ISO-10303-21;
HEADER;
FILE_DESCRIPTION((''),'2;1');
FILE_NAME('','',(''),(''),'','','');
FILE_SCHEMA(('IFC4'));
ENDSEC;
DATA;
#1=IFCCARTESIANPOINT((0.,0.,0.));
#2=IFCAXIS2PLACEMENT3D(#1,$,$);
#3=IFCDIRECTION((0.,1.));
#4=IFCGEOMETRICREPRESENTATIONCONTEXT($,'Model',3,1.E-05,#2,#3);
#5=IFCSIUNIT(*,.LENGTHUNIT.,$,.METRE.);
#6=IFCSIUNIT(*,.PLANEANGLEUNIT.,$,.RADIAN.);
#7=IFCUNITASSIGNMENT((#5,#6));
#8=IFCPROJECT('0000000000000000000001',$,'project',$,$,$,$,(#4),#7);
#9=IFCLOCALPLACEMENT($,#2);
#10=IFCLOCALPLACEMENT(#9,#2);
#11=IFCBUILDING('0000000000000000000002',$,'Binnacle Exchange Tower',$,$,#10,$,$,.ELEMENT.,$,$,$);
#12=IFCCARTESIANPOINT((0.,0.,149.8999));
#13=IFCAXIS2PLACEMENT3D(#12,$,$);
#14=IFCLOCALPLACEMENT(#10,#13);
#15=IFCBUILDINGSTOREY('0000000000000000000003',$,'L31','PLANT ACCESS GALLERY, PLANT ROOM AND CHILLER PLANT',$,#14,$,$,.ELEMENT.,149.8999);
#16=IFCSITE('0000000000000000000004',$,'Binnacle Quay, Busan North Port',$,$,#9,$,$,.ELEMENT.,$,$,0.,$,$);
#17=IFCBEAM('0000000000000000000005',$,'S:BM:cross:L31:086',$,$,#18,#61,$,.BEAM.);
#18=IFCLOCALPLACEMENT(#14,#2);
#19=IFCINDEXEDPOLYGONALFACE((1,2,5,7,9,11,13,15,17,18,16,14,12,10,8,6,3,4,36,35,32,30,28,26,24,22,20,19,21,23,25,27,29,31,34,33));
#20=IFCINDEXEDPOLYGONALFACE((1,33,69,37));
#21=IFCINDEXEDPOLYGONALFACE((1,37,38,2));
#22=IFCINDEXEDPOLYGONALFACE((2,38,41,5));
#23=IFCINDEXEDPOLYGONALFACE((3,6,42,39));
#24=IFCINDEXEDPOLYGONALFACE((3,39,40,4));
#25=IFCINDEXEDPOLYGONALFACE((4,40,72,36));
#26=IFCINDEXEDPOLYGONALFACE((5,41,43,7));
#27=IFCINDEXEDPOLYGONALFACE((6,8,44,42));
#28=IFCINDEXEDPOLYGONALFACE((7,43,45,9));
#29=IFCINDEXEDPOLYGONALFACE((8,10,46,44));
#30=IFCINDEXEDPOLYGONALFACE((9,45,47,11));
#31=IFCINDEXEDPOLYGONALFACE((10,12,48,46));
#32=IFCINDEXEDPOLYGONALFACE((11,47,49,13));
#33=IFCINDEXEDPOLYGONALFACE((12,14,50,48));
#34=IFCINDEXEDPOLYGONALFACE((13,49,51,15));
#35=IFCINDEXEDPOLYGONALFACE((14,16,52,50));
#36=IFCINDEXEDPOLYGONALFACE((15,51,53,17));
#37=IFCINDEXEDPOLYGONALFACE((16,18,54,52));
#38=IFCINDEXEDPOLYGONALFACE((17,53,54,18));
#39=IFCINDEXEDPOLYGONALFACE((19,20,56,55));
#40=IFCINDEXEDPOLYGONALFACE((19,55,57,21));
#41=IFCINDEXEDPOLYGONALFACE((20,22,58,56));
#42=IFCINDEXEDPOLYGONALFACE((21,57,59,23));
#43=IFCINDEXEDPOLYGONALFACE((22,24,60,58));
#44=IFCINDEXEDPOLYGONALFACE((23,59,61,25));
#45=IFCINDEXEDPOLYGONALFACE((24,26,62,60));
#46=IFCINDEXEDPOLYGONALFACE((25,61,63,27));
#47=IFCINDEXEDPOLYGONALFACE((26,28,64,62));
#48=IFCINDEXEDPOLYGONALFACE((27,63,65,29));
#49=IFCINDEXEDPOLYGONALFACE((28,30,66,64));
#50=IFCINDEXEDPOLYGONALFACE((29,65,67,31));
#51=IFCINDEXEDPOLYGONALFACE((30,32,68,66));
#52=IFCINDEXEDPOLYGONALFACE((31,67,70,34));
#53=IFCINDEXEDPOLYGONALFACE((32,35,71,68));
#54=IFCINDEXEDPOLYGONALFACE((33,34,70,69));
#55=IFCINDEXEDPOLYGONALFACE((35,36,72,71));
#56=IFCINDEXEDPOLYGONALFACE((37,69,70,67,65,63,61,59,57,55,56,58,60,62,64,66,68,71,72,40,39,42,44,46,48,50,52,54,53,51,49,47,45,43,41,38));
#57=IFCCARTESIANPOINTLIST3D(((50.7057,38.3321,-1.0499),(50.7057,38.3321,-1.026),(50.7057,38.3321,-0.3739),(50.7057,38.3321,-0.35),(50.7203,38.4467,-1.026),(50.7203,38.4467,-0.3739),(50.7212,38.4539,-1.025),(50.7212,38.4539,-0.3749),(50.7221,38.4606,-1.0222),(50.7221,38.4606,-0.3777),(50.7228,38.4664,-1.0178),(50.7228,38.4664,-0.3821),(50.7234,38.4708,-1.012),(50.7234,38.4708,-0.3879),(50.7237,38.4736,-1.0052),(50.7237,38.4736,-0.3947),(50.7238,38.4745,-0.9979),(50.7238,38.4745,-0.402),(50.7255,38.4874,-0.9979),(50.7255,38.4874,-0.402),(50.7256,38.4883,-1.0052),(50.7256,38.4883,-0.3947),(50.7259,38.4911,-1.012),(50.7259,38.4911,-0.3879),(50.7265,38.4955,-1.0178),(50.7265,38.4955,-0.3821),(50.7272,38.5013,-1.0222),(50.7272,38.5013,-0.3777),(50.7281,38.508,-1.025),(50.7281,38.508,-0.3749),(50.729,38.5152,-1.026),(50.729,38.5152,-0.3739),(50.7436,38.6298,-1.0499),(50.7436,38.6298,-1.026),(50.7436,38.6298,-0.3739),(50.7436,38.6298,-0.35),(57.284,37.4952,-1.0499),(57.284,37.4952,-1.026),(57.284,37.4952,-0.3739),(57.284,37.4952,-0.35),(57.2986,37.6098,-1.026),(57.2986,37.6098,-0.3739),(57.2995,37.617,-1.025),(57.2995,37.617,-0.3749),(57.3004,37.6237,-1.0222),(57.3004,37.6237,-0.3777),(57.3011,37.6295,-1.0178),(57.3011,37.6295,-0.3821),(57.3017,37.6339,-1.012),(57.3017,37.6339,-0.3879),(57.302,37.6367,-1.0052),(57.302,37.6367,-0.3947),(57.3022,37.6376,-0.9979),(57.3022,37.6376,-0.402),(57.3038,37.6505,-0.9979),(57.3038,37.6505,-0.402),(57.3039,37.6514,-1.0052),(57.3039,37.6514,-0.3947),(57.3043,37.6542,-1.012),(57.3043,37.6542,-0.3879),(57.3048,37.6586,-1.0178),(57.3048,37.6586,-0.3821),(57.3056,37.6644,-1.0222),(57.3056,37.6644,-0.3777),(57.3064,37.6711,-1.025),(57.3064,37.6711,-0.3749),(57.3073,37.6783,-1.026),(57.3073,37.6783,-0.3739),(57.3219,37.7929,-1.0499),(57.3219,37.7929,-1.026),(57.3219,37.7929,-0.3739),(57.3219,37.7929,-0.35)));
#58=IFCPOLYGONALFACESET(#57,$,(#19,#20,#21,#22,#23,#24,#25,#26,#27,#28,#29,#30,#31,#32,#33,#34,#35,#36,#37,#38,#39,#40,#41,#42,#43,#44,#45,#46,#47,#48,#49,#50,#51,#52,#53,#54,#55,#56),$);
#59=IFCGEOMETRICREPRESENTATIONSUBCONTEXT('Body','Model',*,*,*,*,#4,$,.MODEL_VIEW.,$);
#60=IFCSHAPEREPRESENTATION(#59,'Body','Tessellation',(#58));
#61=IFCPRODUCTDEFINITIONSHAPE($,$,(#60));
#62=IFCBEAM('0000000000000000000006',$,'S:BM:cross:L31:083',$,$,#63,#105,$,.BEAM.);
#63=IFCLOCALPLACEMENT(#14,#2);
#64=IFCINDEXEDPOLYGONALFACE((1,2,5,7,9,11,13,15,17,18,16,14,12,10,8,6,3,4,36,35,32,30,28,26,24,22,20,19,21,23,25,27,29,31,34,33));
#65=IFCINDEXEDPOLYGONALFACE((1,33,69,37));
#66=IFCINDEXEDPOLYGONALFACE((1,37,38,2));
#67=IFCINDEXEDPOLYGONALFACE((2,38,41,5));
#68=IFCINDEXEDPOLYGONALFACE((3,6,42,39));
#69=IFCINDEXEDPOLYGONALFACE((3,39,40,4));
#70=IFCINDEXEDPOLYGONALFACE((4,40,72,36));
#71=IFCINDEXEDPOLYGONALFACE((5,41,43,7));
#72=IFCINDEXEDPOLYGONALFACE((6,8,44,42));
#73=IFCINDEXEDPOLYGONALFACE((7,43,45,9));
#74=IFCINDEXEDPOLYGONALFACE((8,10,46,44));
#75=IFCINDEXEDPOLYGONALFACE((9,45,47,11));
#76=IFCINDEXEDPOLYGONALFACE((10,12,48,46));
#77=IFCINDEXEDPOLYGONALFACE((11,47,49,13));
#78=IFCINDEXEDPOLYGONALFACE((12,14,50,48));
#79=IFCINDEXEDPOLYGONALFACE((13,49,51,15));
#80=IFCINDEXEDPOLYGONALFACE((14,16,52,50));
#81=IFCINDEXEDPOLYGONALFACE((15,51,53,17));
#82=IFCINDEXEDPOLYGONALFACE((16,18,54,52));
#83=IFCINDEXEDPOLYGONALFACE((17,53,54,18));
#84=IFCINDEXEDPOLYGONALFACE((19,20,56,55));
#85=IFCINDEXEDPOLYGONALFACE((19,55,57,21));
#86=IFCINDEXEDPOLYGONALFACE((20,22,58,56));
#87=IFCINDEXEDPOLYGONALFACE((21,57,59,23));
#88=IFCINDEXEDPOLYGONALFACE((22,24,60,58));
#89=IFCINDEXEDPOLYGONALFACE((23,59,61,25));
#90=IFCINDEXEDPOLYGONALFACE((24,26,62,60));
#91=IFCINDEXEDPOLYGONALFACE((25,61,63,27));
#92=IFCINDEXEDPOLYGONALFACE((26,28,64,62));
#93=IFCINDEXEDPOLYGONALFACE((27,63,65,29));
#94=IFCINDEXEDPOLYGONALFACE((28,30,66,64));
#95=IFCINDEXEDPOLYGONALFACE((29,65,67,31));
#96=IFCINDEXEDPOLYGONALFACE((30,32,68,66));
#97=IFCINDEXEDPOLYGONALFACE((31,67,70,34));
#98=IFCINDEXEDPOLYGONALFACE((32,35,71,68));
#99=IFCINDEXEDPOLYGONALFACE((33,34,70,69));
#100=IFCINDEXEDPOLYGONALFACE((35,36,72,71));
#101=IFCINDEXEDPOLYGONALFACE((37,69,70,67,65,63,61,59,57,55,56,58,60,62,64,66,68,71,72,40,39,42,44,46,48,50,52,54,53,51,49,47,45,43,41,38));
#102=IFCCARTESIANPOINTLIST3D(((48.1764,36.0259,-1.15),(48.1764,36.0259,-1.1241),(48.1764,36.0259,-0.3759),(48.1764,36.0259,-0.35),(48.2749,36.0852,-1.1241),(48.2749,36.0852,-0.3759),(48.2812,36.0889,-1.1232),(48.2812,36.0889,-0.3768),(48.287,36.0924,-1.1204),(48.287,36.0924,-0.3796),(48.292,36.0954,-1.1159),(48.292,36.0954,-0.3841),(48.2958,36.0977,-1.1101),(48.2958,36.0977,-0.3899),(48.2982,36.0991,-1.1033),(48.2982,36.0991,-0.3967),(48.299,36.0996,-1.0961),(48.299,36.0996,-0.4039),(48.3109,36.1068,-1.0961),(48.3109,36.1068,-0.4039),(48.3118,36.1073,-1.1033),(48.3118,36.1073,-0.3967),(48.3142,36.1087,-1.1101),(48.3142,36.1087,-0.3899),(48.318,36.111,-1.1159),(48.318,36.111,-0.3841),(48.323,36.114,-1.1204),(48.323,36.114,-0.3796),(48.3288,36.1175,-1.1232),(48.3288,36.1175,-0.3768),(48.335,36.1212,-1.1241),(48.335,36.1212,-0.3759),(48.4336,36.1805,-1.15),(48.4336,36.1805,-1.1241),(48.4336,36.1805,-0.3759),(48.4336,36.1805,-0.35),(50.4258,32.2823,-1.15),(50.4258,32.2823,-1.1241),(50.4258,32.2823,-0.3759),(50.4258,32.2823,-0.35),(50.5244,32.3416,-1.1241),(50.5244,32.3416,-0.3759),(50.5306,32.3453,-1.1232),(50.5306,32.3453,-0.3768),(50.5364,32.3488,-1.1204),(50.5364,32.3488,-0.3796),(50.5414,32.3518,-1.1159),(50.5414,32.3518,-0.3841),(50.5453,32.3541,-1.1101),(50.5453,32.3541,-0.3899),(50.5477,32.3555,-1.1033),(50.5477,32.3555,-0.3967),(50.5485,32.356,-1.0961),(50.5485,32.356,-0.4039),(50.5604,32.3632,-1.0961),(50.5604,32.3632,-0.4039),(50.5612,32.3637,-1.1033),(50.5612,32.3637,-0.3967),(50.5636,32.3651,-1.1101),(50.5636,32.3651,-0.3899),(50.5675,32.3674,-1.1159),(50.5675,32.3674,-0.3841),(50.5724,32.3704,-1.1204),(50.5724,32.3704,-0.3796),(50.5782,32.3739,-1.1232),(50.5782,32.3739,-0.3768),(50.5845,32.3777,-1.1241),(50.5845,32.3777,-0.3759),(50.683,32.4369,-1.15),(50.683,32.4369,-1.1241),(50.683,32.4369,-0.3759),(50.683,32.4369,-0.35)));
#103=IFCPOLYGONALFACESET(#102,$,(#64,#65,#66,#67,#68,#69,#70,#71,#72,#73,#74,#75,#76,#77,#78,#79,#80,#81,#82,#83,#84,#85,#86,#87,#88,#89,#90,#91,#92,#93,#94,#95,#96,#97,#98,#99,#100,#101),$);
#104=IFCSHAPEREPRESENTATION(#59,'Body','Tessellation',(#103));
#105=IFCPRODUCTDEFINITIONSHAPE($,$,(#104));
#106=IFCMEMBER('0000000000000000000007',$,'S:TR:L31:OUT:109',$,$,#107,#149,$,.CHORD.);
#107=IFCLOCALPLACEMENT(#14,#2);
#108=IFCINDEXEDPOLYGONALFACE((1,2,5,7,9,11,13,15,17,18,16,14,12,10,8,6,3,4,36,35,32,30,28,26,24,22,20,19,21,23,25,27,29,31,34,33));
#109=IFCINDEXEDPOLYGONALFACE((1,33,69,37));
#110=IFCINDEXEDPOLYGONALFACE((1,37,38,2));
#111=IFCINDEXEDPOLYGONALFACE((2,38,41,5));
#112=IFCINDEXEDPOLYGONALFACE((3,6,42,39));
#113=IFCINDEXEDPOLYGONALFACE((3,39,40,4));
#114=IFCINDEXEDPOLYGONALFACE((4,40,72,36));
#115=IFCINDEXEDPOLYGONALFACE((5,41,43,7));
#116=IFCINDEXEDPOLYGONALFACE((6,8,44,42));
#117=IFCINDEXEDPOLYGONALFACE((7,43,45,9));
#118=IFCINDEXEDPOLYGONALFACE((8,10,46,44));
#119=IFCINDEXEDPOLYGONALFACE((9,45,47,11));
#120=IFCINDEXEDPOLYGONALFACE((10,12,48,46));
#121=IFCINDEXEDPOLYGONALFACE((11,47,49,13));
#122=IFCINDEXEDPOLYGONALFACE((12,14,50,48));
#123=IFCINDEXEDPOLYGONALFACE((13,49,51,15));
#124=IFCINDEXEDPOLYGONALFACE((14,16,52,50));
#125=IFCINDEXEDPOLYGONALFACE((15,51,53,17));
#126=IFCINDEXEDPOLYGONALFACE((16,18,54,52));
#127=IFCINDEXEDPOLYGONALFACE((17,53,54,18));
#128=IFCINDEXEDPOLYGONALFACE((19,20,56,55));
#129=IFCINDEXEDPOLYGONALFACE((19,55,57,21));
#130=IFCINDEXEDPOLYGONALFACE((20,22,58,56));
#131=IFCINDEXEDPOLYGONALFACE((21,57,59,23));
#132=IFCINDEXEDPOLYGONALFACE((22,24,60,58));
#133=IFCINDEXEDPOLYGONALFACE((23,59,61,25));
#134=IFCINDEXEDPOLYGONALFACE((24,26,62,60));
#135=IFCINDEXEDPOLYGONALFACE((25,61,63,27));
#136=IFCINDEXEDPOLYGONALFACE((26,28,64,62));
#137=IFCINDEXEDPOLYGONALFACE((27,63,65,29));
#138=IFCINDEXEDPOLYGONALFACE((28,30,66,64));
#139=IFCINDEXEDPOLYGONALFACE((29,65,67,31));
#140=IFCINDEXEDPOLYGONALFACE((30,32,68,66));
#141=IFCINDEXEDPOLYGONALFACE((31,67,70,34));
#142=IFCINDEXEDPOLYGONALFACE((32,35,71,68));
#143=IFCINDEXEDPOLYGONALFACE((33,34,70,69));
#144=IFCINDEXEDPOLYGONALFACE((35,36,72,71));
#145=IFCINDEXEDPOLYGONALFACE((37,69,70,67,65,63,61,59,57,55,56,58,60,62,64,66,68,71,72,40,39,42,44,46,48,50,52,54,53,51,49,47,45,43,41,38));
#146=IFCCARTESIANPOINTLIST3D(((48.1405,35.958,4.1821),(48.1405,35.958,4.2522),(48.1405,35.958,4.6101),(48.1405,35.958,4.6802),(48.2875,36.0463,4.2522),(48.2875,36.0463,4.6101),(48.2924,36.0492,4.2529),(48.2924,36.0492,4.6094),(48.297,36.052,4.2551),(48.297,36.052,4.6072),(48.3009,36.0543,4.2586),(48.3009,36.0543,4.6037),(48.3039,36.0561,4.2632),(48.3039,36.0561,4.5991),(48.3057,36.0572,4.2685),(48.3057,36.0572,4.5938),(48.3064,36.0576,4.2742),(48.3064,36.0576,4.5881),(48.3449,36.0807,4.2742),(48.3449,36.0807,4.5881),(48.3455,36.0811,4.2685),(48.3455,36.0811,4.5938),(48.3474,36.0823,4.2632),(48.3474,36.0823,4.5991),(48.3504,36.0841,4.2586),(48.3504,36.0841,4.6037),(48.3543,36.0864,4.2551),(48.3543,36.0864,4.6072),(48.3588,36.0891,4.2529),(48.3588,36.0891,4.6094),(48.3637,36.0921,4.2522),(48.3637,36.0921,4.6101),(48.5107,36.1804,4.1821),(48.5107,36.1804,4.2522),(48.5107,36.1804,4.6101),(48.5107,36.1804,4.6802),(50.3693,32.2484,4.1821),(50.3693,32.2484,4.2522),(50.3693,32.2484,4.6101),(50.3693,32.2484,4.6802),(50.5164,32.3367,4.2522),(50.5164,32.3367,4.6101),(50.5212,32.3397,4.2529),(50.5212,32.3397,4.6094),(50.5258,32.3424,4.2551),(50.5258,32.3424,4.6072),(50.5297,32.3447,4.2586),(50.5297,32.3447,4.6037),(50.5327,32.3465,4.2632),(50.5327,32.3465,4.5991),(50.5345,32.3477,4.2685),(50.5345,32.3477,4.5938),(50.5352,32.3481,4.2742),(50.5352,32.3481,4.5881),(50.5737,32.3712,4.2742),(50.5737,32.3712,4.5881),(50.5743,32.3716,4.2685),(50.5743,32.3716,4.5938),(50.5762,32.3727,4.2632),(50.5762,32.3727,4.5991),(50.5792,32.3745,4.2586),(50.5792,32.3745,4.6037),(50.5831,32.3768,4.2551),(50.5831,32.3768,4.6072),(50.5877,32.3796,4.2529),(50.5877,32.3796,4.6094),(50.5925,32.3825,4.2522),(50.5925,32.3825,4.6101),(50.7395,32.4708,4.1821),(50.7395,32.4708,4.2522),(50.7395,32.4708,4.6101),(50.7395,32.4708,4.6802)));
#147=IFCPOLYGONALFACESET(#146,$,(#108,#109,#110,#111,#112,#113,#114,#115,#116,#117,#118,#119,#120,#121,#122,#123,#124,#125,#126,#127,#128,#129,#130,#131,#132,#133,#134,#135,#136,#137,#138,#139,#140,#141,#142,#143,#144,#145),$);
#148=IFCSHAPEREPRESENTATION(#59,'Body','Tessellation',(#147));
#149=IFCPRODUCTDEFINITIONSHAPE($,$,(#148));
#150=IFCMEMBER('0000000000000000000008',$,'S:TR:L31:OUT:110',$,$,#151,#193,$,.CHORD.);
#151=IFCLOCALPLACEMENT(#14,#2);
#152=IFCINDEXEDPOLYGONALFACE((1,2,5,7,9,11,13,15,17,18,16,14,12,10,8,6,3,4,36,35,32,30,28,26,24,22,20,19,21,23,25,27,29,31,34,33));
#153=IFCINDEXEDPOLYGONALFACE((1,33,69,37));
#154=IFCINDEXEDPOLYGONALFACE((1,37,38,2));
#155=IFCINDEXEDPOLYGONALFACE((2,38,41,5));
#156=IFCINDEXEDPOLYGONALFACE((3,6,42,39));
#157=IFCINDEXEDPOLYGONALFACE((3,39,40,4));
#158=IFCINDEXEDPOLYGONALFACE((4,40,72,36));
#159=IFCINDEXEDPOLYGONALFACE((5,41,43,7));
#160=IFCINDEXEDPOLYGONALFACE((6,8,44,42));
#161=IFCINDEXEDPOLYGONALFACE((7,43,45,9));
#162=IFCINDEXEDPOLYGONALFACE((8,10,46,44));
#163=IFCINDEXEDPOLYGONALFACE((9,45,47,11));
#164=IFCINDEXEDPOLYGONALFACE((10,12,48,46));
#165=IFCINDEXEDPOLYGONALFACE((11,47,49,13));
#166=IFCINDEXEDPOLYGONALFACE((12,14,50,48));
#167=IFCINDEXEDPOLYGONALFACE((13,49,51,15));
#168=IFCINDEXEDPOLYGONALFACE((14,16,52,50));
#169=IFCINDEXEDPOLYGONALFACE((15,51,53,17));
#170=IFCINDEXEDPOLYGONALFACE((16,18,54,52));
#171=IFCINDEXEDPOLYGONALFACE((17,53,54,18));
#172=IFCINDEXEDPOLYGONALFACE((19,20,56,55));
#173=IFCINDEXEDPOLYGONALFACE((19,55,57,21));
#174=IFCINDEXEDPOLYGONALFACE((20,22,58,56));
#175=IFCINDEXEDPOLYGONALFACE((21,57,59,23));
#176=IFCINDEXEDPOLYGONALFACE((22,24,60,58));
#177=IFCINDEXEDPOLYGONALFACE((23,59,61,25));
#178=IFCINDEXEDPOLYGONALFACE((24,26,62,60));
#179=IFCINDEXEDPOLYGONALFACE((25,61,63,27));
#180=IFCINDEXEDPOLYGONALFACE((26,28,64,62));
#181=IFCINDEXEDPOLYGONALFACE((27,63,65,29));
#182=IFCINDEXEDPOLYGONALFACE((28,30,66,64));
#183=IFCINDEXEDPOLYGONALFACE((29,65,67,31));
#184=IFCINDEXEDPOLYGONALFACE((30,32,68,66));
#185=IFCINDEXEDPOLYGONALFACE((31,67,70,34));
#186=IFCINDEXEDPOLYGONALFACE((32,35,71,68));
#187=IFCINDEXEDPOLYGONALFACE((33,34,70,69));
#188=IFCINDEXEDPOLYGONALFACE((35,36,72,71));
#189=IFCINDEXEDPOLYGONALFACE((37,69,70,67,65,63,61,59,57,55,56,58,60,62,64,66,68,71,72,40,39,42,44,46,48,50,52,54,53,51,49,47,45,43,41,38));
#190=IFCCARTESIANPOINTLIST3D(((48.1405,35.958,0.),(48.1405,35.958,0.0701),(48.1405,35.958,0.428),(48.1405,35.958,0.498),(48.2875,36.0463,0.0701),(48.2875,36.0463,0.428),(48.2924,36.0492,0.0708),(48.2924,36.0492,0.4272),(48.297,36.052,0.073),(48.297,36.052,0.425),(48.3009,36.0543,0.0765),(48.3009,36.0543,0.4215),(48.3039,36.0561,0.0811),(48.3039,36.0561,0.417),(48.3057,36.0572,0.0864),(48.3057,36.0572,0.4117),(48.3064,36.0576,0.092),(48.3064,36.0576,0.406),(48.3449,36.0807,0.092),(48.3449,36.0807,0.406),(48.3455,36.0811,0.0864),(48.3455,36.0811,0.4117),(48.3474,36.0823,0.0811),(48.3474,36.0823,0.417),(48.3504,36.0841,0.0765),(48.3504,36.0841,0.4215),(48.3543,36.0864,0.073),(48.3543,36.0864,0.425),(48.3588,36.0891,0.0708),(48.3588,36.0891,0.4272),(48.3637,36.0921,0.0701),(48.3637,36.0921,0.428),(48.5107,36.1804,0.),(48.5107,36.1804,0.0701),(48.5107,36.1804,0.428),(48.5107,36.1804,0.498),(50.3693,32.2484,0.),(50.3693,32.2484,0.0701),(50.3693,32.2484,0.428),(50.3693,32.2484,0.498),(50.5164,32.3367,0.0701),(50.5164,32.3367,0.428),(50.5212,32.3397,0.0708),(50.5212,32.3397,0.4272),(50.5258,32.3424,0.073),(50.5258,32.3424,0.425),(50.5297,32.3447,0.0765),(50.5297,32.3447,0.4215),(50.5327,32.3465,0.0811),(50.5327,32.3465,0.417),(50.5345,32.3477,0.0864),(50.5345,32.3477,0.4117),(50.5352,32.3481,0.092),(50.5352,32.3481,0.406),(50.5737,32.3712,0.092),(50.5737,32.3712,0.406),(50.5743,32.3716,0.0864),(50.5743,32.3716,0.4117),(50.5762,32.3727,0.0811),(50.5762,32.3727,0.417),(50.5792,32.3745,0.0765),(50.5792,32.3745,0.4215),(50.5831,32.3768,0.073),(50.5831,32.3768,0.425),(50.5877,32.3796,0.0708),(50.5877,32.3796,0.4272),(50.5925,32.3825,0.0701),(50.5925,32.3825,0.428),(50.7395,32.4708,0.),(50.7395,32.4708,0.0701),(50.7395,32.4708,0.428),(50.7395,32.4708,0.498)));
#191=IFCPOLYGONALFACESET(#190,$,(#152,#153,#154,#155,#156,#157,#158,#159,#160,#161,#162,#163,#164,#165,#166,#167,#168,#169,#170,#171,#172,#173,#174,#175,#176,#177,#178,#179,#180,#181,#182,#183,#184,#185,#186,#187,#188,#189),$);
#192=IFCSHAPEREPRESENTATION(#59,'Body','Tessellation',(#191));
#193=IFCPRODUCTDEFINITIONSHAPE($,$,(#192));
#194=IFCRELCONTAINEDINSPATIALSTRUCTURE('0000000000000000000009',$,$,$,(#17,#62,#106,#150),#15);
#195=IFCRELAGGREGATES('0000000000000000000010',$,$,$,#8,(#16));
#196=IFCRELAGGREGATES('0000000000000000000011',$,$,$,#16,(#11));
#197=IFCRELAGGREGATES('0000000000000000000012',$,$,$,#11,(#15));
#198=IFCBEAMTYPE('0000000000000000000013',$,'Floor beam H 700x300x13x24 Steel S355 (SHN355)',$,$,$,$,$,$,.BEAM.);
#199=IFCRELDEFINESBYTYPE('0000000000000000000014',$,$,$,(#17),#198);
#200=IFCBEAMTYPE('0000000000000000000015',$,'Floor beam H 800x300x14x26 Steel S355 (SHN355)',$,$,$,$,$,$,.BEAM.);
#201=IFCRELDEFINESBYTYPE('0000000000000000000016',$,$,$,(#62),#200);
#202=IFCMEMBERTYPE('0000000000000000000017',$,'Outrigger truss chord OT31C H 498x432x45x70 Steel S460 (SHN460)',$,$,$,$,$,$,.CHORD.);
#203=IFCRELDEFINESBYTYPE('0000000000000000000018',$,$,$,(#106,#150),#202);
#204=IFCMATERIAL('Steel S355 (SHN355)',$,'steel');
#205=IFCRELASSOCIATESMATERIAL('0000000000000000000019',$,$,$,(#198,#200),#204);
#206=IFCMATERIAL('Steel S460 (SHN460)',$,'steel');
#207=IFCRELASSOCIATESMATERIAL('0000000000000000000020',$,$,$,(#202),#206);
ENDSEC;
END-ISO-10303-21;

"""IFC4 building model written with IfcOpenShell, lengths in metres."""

from ifc_helpers import new_model, si_unit, direction, frame, origin, origin_2d, place, context, subcontext, project, spatial, i_section, extrude, material, material_profile, profile_set, type_object, element, save


model = new_model("IFC4")

# Units and contexts
model_context = context("Model", 3, precision=1e-05, world=origin(), true_north=direction((0.0, 1.0)))
body_context = subcontext(model_context, "Body", "Model", "MODEL_VIEW")
ifc_project = project(units=[si_unit("LENGTHUNIT", "METRE"), si_unit("PLANEANGLEUNIT", "RADIAN")], contexts=[model_context])

# Site, building, storey
site_placement = place(None, origin())
site = spatial("IfcSite", under=ifc_project, at=site_placement, Name="Binnacle Quay, Busan North Port", CompositionType="ELEMENT", RefElevation=0.0)
building_placement = place(site_placement, origin())
building = spatial("IfcBuilding", under=site, at=building_placement, Name="Binnacle Exchange Tower", CompositionType="ELEMENT")
storey_placement = place(building_placement, frame((0.0, 0.0, 149.8999)))
storey = spatial("IfcBuildingStorey", under=building, at=storey_placement, Name="L31", Description="PLANT ACCESS GALLERY, PLANT ROOM AND CHILLER PLANT", CompositionType="ELEMENT", Elevation=149.8999)

# Shared definitions
ifc_material_1 = material(Name="Steel S460 (SHN460)", Category="steel")
ifc_material_2 = material(Name="Steel S355 (SHN355)", Category="steel")

# Beams
ifc_material_profile_1 = material_profile(ifc_material_2, i_section(OverallWidth=0.3, OverallDepth=0.7, WebThickness=0.0129, FlangeThickness=0.0239, FilletRadius=0.0281, at=origin_2d()), Name="H 700x300x13x24")
ifc_profile_set_1 = profile_set([ifc_material_profile_1], Name="Steel S355 (SHN355)")
beam_type_1 = type_object("IfcBeamType", Name="Floor beam H 700x300x13x24 Steel S355 (SHN355)", PredefinedType="BEAM", material=ifc_profile_set_1)
beam_1_placement = place(storey_placement, frame((57.303, 37.644, -0.7), z_axis=(-0.992004, 0.126205, 0.0), x_axis=(-0.126205, -0.992004, 0.0)))
element("IfcBeam", 1, at=beam_1_placement, inside=storey, type_object=beam_type_1, Name="S:BM:cross:L31:086", PredefinedType="BEAM", context=body_context, shape_type="SweptSolid", body=[
    extrude(i_section(OverallWidth=0.3, OverallDepth=0.7, WebThickness=0.0129, FlangeThickness=0.0239, FilletRadius=0.0281, at=origin_2d()), origin(), (0.0, 0.0, 1.0), 6.6313),
])
ifc_material_profile_2 = material_profile(ifc_material_2, i_section(OverallWidth=0.3, OverallDepth=0.8, WebThickness=0.0139, FlangeThickness=0.0259, FilletRadius=0.0281, at=origin_2d()), Name="H 800x300x14x26")
ifc_profile_set_2 = profile_set([ifc_material_profile_2], Name="Steel S355 (SHN355)")
beam_type_2 = type_object("IfcBeamType", Name="Floor beam H 800x300x14x26 Steel S355 (SHN355)", PredefinedType="BEAM", material=ifc_profile_set_2)
beam_2_placement = place(storey_placement, frame((50.5544, 32.3596, -0.75), z_axis=(-0.515055, 0.857157, 0.0), x_axis=(-0.857157, -0.515055, 0.0)))
element("IfcBeam", 2, at=beam_2_placement, inside=storey, type_object=beam_type_2, Name="S:BM:cross:L31:083", PredefinedType="BEAM", context=body_context, shape_type="SweptSolid", body=[
    extrude(i_section(OverallWidth=0.3, OverallDepth=0.8, WebThickness=0.0139, FlangeThickness=0.0259, FilletRadius=0.0281, at=origin_2d()), origin(), (0.0, 0.0, 1.0), 4.3674),
])

# Members
ifc_material_profile_3 = material_profile(ifc_material_1, i_section(OverallWidth=0.4319, OverallDepth=0.498, WebThickness=0.0449, FlangeThickness=0.0701, FilletRadius=0.022, at=origin_2d()), Name="H 498x432x45x70")
ifc_profile_set_3 = profile_set([ifc_material_profile_3], Name="Steel S460 (SHN460)")
member_type_1 = type_object("IfcMemberType", Name="Outrigger truss chord OT31C H 498x432x45x70 Steel S460 (SHN460)", PredefinedType="CHORD", material=ifc_profile_set_3)
for number, where, z_axis, x_axis, name in (
    (3, (50.5544, 32.3596, 4.4312), (-0.515018, 0.857179, 0.0), (-0.857179, -0.515018, 0.0), "S:TR:L31:OUT:109"),
    (4, (50.5544, 32.3596, 0.249), (-0.515018, 0.857179, 0.0), (-0.857179, -0.515018, 0.0), "S:TR:L31:OUT:110"),
):
    element("IfcMember", number, at=place(storey_placement, frame(where, z_axis=z_axis, x_axis=x_axis)), inside=storey, type_object=member_type_1, Name=name, PredefinedType="CHORD", context=body_context, shape_type="SweptSolid", body=[
        extrude(i_section(OverallWidth=0.4319, OverallDepth=0.498, WebThickness=0.0449, FlangeThickness=0.0701, FilletRadius=0.022, at=origin_2d()), origin(), (0.0, 0.0, 1.0), 4.3276),
    ])

save(model, "model.ifc")
